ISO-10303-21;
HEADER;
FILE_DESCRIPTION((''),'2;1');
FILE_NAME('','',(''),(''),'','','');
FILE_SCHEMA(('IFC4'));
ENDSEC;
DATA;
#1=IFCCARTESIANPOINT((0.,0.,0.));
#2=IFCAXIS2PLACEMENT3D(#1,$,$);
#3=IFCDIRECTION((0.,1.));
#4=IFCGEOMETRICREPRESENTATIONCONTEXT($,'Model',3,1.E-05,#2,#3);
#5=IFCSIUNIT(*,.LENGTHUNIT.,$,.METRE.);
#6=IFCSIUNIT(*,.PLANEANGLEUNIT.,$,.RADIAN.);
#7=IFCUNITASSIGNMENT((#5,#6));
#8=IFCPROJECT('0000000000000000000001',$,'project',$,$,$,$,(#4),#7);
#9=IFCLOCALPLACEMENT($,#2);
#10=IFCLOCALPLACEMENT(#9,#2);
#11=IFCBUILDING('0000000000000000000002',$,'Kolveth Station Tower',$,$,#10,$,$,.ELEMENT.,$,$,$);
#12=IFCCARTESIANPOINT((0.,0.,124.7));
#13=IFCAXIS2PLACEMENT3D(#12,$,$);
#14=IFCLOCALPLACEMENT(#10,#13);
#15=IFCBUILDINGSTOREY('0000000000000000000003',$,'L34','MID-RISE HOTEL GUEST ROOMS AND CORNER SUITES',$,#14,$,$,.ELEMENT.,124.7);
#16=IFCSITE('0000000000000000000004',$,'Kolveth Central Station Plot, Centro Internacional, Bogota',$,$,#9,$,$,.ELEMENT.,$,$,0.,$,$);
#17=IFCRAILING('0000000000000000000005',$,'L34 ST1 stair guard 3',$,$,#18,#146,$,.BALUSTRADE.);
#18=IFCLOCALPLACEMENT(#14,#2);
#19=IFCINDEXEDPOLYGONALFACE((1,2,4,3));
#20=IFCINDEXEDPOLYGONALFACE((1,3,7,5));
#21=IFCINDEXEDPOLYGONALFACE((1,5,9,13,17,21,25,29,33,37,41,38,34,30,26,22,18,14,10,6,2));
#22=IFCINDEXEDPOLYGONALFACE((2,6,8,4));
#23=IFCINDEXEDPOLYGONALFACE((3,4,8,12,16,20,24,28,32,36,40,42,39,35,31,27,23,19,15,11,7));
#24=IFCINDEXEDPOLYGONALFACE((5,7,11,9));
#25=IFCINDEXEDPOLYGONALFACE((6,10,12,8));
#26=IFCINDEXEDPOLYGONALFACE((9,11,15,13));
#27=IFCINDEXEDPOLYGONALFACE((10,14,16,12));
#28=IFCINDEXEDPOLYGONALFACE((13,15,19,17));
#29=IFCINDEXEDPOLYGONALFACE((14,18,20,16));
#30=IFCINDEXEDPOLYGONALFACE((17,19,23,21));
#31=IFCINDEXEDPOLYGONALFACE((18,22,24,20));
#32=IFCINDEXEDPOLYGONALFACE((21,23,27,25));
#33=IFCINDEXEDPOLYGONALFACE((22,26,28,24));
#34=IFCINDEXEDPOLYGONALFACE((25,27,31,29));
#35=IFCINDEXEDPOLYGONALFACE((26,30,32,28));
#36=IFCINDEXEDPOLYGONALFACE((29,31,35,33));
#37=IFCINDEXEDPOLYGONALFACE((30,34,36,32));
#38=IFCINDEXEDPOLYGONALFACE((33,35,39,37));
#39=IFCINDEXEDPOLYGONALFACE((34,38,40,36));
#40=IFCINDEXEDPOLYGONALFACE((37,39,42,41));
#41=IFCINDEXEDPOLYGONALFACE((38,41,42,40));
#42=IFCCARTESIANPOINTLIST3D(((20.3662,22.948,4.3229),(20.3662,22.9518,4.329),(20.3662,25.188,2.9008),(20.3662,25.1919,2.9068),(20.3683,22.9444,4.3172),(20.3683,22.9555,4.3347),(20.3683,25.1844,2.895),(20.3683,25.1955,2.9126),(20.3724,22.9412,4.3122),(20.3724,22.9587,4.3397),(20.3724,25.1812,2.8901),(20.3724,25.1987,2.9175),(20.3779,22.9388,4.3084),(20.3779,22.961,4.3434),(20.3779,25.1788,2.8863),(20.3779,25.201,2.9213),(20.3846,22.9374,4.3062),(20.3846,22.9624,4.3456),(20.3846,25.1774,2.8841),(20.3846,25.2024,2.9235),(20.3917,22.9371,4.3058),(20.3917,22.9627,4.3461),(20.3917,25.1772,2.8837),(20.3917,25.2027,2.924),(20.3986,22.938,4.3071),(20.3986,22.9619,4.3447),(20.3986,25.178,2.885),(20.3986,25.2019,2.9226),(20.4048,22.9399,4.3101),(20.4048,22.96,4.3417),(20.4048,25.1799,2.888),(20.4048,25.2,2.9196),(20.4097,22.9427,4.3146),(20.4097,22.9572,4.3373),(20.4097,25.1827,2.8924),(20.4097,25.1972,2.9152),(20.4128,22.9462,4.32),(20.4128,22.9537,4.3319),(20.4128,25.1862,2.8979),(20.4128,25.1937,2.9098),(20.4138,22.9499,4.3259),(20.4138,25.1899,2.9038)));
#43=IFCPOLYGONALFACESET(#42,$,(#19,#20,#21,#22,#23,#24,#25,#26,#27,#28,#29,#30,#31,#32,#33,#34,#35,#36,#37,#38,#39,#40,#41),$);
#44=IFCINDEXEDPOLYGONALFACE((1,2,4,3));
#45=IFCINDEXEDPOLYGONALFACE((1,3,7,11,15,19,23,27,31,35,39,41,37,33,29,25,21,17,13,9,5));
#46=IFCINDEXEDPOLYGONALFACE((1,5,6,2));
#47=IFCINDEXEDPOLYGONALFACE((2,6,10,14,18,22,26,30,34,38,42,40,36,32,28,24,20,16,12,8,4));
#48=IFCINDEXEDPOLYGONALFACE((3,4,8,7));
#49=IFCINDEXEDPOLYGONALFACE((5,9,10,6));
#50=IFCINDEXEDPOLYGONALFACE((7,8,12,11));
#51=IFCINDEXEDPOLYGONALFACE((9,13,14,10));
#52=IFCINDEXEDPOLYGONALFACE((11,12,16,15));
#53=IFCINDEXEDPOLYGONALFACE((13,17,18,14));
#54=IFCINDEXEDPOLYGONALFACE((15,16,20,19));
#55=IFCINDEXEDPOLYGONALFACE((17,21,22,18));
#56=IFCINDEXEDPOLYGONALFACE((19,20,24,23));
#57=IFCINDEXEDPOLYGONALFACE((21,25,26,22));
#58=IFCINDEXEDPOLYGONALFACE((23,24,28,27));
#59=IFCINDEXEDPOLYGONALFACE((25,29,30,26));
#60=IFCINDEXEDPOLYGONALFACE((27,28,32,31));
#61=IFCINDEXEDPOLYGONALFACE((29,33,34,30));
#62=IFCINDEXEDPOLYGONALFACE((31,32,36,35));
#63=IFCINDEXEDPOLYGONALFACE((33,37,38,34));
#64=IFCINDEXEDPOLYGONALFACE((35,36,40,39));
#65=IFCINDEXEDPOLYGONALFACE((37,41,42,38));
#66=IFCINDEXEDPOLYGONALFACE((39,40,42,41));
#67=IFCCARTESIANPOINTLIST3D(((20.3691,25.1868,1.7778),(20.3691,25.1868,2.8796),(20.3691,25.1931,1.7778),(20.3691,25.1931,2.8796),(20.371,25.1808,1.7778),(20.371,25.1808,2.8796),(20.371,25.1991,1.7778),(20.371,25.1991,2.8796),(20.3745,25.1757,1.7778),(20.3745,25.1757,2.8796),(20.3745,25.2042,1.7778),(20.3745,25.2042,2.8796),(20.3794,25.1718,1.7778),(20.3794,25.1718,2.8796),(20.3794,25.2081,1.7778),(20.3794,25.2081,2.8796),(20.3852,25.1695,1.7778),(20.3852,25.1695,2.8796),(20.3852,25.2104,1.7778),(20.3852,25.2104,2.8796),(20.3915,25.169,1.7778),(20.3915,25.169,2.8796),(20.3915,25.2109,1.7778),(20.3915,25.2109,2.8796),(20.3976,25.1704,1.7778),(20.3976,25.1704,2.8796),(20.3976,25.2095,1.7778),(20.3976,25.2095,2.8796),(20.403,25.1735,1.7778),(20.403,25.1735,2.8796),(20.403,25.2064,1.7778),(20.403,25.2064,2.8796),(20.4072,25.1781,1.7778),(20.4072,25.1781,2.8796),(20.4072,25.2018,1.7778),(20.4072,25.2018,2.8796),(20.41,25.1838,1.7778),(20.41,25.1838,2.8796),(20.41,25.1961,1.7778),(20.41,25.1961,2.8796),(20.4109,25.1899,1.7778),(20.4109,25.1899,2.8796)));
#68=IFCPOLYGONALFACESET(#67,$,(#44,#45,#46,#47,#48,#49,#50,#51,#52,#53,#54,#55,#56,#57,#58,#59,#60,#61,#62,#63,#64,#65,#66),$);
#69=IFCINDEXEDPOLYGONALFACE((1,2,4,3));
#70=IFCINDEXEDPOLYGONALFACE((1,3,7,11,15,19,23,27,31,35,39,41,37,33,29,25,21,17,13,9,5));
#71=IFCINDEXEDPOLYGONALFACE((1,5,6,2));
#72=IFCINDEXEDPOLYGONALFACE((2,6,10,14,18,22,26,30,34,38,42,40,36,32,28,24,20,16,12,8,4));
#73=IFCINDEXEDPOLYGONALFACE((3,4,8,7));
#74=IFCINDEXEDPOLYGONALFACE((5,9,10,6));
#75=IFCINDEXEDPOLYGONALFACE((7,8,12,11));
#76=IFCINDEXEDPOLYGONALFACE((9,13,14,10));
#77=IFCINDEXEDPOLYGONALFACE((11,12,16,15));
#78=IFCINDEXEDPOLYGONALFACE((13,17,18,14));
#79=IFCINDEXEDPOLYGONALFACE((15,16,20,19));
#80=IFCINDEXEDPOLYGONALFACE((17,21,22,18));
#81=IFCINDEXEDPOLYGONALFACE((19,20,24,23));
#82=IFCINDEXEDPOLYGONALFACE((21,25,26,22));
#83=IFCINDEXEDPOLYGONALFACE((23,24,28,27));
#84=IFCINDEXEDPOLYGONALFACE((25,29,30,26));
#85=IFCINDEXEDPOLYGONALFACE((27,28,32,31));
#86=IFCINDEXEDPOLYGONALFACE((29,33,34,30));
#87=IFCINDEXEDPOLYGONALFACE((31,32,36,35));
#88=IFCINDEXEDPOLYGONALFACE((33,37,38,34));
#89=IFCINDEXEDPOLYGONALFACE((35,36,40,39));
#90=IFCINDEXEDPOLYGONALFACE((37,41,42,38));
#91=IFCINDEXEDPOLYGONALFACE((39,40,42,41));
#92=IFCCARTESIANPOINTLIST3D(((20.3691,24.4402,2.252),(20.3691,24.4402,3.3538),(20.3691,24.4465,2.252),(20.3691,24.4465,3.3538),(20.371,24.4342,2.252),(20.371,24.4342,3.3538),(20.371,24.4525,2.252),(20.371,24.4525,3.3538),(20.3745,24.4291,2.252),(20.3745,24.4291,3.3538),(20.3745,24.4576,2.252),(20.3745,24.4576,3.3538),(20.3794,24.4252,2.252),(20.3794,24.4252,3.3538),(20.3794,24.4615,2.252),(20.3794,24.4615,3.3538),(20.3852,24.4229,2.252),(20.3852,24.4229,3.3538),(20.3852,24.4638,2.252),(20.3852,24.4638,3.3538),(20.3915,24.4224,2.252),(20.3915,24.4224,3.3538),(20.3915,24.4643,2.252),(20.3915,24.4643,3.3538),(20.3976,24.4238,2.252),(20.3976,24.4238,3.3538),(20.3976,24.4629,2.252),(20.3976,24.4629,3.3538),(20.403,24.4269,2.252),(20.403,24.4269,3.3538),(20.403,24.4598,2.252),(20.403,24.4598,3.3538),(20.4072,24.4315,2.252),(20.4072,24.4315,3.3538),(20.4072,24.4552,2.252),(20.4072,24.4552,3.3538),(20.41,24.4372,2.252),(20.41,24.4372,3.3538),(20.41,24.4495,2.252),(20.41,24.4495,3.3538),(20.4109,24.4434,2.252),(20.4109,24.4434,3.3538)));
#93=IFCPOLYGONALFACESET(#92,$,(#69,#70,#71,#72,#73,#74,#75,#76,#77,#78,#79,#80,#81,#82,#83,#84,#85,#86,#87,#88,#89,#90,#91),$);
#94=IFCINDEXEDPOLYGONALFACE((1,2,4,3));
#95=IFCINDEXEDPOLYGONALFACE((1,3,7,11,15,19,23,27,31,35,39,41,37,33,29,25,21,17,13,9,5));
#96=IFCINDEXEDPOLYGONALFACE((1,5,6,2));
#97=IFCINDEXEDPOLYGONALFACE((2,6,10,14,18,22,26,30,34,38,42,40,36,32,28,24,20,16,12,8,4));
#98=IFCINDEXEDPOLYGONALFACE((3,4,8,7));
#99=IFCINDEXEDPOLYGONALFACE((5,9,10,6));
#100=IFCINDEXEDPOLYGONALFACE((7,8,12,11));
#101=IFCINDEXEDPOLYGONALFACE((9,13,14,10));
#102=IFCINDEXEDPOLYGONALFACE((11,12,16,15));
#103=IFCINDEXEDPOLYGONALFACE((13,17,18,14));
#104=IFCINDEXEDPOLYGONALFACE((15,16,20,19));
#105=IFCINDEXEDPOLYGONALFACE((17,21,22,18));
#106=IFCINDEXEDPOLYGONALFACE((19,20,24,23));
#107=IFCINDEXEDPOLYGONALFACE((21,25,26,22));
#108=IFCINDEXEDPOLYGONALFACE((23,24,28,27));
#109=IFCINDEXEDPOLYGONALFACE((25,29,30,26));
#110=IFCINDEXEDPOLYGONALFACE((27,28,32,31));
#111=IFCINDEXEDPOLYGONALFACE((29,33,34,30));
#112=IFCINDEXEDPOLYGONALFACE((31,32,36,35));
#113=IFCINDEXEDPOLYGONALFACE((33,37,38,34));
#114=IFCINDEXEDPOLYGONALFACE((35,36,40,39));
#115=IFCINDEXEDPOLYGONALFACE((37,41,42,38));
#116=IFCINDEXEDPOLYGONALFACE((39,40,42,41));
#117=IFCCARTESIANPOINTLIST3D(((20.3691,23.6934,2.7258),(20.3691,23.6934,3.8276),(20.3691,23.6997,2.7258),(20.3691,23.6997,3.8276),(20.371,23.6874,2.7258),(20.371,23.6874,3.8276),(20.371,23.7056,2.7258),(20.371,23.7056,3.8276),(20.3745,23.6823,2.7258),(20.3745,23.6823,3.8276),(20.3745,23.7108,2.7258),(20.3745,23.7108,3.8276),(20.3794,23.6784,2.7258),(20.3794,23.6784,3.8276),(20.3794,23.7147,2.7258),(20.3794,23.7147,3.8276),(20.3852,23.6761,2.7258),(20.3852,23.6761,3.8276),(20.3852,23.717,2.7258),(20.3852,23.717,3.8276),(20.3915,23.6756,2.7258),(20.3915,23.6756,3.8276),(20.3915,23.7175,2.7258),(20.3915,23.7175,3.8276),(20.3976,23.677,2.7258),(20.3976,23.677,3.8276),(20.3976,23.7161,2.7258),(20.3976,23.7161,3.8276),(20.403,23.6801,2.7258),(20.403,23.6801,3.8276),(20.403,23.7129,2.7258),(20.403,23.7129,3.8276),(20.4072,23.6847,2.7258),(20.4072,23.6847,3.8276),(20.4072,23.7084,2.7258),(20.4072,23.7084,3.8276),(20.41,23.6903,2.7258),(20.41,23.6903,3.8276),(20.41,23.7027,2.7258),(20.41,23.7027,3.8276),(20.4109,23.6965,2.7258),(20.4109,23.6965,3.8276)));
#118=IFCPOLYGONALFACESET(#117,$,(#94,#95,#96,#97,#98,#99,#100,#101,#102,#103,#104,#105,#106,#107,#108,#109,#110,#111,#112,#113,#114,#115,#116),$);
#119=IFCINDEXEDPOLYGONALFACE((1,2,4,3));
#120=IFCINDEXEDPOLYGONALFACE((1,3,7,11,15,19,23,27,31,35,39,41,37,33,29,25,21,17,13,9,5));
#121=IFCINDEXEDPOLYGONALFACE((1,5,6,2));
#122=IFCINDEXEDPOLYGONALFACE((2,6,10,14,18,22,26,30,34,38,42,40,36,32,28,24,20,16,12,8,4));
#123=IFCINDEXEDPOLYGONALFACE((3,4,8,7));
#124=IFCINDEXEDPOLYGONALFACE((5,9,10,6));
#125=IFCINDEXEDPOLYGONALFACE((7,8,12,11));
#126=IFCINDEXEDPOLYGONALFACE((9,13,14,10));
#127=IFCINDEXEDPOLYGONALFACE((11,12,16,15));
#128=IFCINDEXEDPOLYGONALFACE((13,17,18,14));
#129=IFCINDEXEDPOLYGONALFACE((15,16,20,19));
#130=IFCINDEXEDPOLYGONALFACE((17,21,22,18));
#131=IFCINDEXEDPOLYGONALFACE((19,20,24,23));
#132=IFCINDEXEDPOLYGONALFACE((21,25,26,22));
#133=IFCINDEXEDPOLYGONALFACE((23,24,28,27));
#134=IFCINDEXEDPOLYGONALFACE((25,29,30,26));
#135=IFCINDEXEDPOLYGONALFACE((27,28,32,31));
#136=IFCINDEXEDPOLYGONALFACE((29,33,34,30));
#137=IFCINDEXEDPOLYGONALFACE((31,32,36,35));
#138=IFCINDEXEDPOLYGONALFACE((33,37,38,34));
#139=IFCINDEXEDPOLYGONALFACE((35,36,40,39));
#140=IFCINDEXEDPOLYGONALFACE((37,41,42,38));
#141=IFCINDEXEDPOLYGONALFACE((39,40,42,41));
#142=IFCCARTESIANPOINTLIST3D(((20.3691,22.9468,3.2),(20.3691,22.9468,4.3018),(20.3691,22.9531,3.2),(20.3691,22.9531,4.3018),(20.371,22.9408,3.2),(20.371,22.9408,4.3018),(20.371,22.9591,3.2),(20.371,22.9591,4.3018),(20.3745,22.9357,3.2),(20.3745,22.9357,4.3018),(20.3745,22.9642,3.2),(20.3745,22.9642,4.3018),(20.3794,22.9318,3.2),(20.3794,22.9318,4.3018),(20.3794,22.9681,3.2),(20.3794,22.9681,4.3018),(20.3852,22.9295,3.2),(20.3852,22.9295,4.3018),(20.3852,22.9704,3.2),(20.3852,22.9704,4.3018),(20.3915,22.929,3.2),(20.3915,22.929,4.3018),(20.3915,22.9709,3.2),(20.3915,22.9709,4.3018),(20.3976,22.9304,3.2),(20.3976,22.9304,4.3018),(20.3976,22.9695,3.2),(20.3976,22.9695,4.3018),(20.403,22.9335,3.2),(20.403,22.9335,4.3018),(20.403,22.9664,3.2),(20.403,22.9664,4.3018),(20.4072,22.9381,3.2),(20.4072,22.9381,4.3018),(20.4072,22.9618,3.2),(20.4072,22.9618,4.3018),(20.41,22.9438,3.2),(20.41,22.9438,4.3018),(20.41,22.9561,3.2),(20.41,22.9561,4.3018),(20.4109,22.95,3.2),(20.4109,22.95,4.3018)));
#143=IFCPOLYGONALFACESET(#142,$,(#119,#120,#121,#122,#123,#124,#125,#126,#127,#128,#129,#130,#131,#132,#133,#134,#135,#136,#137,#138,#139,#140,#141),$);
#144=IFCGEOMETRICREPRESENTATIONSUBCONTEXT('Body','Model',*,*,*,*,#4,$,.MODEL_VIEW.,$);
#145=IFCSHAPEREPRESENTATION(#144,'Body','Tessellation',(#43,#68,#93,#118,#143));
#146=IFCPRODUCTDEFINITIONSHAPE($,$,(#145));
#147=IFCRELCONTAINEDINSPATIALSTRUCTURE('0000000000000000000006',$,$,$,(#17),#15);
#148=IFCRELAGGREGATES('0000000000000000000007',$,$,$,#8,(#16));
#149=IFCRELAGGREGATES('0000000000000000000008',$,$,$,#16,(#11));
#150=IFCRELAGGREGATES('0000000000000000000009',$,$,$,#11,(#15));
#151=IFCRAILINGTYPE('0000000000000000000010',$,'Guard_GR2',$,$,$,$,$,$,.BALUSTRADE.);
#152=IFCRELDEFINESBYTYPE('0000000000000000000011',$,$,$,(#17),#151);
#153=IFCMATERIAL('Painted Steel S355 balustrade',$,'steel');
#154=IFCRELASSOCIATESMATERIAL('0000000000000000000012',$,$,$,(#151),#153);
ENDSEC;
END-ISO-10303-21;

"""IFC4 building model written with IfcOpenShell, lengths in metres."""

from ifc_helpers import new_model, si_unit, direction, frame, origin, origin_2d, place, context, subcontext, project, spatial, circle, extrude, material, type_object, element, save


model = new_model("IFC4")

# Units and contexts
model_context = context("Model", 3, precision=1e-05, world=origin(), true_north=direction((0.0, 1.0)))
body_context = subcontext(model_context, "Body", "Model", "MODEL_VIEW")
ifc_project = project(units=[si_unit("LENGTHUNIT", "METRE"), si_unit("PLANEANGLEUNIT", "RADIAN")], contexts=[model_context])

# Site, building, storey
site_placement = place(None, origin())
site = spatial("IfcSite", under=ifc_project, at=site_placement, Name="Kolveth Central Station Plot, Centro Internacional, Bogota", CompositionType="ELEMENT", RefElevation=0.0)
building_placement = place(site_placement, origin())
building = spatial("IfcBuilding", under=site, at=building_placement, Name="Kolveth Station Tower", CompositionType="ELEMENT")
storey_placement = place(building_placement, frame((0.0, 0.0, 124.7)))
storey = spatial("IfcBuildingStorey", under=building, at=storey_placement, Name="L34", Description="MID-RISE HOTEL GUEST ROOMS AND CORNER SUITES", CompositionType="ELEMENT", Elevation=124.7)

# Railing
ifc_material_1 = material(Name="Painted Steel S355 balustrade", Category="steel")
railing_type_1 = type_object("IfcRailingType", Name="Guard_GR2", PredefinedType="BALUSTRADE", material=ifc_material_1)
railing_1_placement = place(storey_placement, frame((20.3899, 25.1899, 1.7778)))
element("IfcRailing", 1, at=railing_1_placement, inside=storey, type_object=railing_type_1, Name="L34 ST1 stair guard 3", PredefinedType="BALUSTRADE", context=body_context, shape_type="SweptSolid", body=[
    extrude(circle(Radius=0.0239, at=origin_2d()), frame((0.0, 0.0, 1.126), z_axis=(0.0, -0.844229, 0.535982), x_axis=(1.0, 0.0, 0.0)), (0.0, 0.0, 1.0), 2.6533),
    extrude(circle(Radius=0.021, at=origin_2d()), origin(), (0.0, 0.0, 1.0), 1.1018),
    extrude(circle(Radius=0.021, at=origin_2d()), frame((0.0, -0.7466, 0.4741)), (0.0, 0.0, 1.0), 1.1018),
    extrude(circle(Radius=0.021, at=origin_2d()), frame((0.0, -1.4934, 0.948)), (0.0, 0.0, 1.0), 1.1018),
    extrude(circle(Radius=0.021, at=origin_2d()), frame((0.0, -2.24, 1.4221)), (0.0, 0.0, 1.0), 1.1018),
])

save(model, "model.ifc")
